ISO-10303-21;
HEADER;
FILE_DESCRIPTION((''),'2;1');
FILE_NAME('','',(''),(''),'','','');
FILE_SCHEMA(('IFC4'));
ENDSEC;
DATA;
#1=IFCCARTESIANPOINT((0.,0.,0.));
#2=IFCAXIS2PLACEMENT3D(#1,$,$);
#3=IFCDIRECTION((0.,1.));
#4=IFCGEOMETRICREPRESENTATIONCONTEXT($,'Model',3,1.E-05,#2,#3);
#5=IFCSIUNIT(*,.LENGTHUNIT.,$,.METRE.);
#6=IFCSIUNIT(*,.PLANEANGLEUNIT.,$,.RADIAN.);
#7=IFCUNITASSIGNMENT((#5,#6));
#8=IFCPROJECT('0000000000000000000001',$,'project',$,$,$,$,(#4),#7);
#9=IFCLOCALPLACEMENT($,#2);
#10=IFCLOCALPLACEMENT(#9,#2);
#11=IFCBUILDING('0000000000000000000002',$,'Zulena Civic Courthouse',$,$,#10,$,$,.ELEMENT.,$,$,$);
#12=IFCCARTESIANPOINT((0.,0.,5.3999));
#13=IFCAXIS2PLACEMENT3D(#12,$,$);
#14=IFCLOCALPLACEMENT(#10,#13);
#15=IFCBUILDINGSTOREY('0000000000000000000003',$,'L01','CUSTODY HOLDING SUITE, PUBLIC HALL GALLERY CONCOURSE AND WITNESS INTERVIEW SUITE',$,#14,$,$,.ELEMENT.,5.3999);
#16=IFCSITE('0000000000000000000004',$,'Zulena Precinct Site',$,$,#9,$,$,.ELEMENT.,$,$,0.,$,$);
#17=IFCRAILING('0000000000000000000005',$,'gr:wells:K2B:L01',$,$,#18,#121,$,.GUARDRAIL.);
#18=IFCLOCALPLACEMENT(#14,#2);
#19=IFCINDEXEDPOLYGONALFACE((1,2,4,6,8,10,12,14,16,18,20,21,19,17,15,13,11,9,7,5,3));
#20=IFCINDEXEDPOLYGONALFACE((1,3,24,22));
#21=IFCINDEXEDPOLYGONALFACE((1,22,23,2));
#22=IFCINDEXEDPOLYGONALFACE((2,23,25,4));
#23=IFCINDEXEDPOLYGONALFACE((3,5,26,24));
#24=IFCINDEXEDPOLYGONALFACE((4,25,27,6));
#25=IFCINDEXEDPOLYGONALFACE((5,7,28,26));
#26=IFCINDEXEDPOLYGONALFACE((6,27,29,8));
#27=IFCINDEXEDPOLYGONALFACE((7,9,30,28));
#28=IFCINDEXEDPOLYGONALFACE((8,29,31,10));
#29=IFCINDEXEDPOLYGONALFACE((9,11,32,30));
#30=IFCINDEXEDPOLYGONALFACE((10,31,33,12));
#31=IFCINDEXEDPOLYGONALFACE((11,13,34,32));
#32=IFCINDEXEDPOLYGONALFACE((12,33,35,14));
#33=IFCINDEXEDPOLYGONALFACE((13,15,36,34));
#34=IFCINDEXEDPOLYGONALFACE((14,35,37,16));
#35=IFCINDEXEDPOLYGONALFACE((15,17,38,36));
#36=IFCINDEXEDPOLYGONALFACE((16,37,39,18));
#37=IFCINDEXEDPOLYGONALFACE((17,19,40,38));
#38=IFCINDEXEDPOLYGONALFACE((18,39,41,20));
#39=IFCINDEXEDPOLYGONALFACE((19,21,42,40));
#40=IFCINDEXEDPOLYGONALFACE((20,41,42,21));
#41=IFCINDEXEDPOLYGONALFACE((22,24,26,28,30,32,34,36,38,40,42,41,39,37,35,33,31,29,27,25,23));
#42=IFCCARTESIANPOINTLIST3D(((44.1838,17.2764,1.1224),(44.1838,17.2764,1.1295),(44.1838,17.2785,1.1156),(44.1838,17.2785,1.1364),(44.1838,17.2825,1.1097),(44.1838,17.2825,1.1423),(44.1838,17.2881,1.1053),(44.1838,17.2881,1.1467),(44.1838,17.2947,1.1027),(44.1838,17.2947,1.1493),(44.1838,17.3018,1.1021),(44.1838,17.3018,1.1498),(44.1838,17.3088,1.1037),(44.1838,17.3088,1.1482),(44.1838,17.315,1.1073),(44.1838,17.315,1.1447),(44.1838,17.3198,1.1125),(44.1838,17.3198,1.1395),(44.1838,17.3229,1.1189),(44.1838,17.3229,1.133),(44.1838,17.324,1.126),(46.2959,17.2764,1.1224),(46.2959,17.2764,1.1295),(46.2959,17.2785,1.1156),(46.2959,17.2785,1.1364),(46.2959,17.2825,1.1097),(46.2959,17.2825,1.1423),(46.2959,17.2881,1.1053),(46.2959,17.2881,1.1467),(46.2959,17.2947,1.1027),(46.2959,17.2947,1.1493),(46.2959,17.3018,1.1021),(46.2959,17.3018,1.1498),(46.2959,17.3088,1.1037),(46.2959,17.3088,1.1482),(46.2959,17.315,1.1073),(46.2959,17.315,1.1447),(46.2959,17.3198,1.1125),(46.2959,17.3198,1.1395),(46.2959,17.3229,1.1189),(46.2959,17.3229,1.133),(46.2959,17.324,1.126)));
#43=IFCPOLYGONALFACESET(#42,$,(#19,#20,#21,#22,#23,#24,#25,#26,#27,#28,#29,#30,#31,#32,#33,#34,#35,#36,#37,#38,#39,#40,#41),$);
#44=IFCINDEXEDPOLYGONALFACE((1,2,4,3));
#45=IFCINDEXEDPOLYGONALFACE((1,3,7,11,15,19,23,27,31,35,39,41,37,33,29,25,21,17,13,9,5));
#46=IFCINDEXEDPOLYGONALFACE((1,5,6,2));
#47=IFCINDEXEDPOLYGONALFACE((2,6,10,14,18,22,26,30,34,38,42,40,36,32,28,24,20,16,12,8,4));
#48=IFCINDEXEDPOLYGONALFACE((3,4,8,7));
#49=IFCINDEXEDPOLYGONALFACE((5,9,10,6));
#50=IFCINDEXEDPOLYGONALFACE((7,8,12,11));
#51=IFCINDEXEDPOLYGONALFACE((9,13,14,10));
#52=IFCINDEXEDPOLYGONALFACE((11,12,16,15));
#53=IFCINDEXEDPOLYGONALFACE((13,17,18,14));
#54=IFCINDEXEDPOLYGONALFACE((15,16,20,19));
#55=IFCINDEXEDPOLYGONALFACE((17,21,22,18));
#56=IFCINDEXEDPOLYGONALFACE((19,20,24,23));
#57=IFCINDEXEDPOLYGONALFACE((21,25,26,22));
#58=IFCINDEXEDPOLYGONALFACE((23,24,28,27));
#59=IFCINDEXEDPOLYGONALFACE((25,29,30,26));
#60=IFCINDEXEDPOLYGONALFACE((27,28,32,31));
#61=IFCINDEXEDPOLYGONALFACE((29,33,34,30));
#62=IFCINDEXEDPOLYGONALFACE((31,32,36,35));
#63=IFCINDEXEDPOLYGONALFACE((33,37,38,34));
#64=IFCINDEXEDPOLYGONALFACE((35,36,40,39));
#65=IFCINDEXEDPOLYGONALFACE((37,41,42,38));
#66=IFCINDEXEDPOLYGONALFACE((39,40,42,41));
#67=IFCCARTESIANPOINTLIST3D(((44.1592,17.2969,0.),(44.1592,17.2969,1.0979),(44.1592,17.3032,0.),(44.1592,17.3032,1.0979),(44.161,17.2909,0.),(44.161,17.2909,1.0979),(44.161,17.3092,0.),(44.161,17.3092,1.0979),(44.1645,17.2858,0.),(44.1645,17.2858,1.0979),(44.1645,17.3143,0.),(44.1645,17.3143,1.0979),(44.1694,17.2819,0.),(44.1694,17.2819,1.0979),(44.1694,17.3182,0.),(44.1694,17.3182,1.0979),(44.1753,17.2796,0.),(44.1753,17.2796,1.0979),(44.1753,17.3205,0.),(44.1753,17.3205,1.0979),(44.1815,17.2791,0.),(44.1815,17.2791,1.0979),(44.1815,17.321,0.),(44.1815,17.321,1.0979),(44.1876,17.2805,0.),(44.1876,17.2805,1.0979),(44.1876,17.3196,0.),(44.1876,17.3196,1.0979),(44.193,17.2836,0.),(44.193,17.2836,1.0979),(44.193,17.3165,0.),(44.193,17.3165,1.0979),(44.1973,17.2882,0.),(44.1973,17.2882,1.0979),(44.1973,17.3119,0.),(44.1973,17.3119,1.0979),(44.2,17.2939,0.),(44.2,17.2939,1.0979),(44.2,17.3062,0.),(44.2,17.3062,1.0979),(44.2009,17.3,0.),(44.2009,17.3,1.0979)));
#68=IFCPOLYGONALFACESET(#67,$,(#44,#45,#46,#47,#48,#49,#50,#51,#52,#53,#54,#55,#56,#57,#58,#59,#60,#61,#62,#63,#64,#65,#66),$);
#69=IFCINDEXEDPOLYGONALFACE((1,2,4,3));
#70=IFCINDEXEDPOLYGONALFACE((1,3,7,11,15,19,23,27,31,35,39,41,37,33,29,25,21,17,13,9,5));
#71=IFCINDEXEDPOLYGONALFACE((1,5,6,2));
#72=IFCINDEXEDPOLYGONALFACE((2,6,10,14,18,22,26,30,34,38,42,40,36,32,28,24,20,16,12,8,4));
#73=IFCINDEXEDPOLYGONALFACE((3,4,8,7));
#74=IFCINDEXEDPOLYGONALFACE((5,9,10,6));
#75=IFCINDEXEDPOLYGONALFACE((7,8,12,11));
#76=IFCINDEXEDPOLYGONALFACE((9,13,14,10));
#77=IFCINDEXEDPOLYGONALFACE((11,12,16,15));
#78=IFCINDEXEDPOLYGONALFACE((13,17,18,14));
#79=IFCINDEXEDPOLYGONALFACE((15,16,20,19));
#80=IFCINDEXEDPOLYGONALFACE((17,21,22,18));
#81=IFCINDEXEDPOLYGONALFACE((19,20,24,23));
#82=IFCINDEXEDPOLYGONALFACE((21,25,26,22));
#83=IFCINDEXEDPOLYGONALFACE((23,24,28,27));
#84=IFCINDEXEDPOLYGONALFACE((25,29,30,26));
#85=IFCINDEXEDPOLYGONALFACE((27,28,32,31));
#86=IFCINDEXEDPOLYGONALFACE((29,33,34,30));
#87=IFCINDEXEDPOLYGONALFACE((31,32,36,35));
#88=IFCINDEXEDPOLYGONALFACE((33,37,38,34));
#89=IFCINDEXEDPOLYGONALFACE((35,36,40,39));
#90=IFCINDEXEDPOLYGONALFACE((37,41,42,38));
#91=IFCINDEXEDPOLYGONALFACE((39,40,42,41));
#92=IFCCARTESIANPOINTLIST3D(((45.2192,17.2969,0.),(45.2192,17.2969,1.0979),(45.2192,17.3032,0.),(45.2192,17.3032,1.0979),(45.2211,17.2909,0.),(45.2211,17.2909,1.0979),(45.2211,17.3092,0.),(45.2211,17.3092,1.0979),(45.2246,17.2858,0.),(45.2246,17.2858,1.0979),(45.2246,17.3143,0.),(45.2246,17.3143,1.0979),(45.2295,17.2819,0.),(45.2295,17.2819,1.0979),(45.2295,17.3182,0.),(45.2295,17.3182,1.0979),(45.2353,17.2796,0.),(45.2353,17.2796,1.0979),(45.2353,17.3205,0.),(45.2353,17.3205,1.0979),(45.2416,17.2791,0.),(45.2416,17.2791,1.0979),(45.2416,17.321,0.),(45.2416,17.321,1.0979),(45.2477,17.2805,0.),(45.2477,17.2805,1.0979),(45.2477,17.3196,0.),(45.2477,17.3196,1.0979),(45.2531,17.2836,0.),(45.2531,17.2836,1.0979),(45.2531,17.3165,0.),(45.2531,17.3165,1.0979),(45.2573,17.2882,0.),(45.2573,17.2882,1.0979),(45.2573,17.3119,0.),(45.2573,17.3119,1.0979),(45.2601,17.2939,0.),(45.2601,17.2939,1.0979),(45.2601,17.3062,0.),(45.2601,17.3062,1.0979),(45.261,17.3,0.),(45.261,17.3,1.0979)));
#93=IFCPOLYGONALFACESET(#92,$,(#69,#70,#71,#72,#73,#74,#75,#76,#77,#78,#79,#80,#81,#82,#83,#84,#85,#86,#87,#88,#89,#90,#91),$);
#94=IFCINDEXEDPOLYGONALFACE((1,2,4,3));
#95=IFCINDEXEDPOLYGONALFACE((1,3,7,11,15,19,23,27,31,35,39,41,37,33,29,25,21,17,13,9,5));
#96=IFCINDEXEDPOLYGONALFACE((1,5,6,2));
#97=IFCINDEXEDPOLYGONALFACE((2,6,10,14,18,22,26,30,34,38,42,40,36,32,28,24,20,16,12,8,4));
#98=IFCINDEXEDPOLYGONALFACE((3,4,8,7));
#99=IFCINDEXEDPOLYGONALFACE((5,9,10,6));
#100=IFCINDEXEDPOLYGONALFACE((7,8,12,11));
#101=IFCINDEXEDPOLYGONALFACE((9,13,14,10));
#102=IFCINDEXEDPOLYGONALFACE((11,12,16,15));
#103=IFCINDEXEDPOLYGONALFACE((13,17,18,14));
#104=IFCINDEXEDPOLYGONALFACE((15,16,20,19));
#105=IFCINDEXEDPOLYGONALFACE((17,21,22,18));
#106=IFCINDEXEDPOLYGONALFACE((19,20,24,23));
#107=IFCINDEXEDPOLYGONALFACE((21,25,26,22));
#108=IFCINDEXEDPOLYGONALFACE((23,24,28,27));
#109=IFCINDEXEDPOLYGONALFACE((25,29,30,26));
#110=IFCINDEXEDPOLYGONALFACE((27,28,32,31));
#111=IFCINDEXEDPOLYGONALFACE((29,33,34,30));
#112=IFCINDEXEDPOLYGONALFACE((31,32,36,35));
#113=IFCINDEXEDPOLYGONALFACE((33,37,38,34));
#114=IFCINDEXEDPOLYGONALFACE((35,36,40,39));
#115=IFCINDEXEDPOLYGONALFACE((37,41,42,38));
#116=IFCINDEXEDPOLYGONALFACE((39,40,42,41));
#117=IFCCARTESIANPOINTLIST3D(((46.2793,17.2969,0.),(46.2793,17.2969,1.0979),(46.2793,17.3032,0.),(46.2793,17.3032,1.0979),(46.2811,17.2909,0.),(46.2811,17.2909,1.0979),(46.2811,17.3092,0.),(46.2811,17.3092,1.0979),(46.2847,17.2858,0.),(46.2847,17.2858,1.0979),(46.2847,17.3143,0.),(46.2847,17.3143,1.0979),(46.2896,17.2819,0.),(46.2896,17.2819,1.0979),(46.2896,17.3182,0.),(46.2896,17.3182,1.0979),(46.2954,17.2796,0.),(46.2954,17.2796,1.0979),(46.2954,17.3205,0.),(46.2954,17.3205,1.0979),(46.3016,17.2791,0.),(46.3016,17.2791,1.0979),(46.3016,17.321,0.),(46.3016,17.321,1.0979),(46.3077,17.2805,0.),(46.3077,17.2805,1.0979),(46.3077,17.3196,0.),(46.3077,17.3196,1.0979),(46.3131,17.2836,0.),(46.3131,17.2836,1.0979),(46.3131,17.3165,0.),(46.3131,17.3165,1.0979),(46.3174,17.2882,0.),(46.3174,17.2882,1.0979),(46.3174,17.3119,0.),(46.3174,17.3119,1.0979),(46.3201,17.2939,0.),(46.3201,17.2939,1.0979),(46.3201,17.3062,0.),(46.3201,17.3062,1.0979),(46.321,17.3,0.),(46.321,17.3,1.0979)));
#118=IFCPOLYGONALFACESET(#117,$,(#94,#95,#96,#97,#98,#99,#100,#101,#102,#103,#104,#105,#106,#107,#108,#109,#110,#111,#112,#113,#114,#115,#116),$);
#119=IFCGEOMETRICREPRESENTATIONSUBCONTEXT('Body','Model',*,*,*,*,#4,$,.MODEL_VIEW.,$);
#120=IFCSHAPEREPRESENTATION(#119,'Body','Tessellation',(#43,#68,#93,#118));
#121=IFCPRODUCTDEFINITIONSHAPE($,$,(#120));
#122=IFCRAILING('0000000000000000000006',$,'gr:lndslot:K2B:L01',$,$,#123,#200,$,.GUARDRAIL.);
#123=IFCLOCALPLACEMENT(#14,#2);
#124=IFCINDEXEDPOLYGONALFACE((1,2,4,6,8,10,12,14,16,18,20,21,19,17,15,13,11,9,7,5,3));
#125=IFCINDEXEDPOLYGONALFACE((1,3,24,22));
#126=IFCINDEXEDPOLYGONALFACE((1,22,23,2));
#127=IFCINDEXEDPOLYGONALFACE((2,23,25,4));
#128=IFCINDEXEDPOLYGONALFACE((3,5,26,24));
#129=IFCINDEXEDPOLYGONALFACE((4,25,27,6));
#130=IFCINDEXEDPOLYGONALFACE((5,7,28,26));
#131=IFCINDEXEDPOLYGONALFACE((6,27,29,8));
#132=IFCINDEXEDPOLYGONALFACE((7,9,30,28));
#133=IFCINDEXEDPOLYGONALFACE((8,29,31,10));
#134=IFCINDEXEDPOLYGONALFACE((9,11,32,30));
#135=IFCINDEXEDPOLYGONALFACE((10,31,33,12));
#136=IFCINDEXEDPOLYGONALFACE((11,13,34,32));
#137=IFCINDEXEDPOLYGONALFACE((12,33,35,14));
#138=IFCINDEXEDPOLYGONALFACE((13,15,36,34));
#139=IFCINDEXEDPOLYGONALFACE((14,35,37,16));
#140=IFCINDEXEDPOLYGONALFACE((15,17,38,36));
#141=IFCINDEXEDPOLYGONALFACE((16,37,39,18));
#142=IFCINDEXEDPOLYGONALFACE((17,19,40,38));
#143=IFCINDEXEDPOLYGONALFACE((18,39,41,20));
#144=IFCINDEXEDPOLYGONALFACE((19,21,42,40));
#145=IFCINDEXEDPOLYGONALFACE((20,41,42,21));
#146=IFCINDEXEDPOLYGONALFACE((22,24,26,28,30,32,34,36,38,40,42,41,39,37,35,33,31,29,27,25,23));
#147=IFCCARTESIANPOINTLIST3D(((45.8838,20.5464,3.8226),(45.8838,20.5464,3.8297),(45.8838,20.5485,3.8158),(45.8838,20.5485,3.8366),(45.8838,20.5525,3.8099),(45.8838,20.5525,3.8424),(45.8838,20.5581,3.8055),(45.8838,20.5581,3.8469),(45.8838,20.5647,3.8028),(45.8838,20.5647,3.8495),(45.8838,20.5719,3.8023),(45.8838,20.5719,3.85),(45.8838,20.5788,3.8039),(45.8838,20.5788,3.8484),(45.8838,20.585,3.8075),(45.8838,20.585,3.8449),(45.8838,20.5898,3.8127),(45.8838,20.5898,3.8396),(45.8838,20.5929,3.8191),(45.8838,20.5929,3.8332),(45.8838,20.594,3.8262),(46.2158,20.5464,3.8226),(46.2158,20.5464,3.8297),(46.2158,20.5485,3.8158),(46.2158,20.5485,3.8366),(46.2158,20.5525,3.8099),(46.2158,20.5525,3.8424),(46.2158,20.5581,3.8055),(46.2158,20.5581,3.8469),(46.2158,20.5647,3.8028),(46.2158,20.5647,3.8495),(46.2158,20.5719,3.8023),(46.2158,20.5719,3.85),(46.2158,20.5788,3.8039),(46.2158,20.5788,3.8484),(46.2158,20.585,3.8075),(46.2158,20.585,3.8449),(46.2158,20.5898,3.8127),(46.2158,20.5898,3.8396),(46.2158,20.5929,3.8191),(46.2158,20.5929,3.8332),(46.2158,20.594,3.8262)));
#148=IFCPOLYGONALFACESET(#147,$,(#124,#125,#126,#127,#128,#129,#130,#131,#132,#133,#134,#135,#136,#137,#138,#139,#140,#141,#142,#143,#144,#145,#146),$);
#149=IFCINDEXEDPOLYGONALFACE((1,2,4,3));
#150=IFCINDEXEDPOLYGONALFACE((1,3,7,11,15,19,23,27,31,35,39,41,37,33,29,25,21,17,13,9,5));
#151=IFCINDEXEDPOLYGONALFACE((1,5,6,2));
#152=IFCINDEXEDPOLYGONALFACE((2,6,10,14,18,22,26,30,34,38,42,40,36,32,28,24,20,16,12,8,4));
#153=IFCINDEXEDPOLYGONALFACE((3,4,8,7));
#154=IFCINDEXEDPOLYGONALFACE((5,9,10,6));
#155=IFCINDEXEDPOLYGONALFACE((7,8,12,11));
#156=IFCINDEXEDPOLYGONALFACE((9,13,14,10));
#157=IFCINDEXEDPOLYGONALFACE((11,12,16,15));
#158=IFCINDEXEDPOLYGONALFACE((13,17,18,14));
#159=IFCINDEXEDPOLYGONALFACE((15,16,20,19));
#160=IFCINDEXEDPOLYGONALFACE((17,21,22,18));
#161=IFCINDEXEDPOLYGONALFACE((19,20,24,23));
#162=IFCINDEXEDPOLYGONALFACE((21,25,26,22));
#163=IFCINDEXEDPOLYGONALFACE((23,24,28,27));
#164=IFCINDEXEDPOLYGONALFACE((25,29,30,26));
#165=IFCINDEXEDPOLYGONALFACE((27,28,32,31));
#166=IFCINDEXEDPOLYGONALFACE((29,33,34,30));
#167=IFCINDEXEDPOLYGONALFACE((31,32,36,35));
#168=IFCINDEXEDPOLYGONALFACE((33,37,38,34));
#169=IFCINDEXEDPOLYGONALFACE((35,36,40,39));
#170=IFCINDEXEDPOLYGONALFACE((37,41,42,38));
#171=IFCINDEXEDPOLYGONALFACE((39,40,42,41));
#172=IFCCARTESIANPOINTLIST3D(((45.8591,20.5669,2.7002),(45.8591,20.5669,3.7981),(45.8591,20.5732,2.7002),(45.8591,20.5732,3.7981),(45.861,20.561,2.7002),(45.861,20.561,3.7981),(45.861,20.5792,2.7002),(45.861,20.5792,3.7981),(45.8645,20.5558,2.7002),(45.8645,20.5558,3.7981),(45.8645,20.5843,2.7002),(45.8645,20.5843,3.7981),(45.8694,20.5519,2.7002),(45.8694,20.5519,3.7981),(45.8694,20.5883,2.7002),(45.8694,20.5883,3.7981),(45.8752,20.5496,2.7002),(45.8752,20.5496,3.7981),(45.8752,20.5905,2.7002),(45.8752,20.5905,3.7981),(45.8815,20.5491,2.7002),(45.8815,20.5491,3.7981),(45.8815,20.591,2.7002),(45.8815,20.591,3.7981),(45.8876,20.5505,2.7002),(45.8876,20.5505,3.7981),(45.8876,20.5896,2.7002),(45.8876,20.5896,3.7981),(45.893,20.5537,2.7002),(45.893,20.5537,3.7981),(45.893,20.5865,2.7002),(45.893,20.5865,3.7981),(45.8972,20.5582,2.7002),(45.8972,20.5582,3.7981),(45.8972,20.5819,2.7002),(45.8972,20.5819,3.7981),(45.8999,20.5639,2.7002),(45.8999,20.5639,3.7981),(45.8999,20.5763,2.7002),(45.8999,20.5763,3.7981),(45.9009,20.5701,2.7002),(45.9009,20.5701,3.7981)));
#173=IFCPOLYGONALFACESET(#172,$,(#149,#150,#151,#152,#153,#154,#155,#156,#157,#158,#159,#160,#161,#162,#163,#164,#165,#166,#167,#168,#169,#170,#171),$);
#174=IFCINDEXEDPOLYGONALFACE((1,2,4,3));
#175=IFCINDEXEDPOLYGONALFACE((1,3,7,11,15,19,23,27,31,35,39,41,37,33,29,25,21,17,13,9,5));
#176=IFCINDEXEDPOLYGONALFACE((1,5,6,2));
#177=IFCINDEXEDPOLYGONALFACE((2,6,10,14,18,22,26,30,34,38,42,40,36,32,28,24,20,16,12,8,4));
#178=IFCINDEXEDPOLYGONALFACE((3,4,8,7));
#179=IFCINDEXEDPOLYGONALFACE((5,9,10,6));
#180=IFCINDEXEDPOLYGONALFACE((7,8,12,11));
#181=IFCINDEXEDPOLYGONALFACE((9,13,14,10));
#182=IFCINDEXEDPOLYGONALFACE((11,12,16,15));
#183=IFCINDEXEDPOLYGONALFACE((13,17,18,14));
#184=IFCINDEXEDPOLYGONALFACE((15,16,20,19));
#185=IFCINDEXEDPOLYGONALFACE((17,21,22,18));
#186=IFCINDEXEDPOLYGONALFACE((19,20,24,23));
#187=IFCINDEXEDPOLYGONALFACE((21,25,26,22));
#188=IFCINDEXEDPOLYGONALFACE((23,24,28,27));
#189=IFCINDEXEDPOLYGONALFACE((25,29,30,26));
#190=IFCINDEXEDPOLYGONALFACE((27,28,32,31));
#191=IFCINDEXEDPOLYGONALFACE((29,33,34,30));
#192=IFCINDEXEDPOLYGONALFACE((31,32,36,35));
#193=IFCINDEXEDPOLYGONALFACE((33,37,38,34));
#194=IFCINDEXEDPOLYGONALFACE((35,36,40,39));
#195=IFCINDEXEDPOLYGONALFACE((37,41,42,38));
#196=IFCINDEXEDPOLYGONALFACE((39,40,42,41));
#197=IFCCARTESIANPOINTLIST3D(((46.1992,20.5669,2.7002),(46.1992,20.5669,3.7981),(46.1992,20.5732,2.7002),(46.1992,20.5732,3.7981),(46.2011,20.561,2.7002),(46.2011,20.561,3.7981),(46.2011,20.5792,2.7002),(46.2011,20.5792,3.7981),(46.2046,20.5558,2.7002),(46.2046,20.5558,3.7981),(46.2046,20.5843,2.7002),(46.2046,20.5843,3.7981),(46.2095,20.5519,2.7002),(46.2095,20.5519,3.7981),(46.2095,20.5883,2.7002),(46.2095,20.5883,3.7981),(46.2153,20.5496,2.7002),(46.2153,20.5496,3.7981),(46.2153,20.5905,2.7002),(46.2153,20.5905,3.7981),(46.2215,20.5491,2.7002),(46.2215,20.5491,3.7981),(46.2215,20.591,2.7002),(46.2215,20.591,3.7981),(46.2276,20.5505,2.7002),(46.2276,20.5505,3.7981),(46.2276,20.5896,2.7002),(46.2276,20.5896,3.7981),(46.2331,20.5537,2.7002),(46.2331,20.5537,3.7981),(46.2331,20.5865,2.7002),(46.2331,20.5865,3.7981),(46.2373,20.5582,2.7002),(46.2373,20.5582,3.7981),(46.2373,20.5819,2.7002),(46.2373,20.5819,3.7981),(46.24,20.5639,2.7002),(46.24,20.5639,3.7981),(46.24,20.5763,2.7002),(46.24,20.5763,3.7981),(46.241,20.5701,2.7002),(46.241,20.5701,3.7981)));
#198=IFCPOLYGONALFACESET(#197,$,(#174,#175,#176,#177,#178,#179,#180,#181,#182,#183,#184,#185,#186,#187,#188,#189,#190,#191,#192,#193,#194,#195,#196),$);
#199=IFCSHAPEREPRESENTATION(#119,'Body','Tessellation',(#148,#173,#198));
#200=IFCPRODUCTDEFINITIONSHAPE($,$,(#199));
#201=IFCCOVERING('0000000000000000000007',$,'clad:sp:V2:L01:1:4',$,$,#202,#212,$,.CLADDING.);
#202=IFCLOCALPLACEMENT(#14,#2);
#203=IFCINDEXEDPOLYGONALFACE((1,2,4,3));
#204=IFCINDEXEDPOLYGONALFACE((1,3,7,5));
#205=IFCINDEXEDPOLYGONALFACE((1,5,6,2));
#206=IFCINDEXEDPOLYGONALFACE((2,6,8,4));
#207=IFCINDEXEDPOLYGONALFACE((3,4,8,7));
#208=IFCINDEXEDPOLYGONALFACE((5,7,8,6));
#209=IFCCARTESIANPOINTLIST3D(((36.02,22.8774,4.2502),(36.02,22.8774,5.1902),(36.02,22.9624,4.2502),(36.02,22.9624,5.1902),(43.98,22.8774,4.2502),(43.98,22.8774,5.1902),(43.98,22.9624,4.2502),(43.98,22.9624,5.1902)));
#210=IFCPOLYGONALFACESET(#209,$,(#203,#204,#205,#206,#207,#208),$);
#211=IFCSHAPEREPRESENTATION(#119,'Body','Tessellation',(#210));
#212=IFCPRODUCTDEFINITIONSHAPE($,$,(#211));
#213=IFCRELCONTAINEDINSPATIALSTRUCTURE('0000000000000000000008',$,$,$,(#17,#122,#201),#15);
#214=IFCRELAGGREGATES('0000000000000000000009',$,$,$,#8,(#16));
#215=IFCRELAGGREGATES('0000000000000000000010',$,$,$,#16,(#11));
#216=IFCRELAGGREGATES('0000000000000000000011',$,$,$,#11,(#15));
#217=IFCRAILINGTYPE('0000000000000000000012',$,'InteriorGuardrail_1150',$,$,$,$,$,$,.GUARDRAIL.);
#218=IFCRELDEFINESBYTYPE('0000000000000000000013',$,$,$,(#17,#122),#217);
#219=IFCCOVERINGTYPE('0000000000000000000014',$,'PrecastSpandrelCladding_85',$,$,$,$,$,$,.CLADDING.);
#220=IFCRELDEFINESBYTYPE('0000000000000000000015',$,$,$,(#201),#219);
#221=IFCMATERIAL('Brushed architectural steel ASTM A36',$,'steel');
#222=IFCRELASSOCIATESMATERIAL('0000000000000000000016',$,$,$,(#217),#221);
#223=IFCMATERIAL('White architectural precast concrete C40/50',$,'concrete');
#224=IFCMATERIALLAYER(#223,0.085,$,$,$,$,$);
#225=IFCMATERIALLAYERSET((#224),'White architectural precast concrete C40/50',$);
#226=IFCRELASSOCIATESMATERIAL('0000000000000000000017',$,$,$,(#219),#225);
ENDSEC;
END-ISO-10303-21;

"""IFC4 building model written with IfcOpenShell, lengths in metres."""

from ifc_helpers import new_model, si_unit, direction, frame, origin, origin_2d, place, context, subcontext, project, spatial, rectangle, circle, extrude, material, layer, layer_set, type_object, element, save


model = new_model("IFC4")

# Units and contexts
model_context = context("Model", 3, precision=1e-05, world=origin(), true_north=direction((0.0, 1.0)))
body_context = subcontext(model_context, "Body", "Model", "MODEL_VIEW")
ifc_project = project(units=[si_unit("LENGTHUNIT", "METRE"), si_unit("PLANEANGLEUNIT", "RADIAN")], contexts=[model_context])

# Site, building, storey
site_placement = place(None, origin())
site = spatial("IfcSite", under=ifc_project, at=site_placement, Name="Zulena Precinct Site", CompositionType="ELEMENT", RefElevation=0.0)
building_placement = place(site_placement, origin())
building = spatial("IfcBuilding", under=site, at=building_placement, Name="Zulena Civic Courthouse", CompositionType="ELEMENT")
storey_placement = place(building_placement, frame((0.0, 0.0, 5.3999)))
storey = spatial("IfcBuildingStorey", under=building, at=storey_placement, Name="L01", Description="CUSTODY HOLDING SUITE, PUBLIC HALL GALLERY CONCOURSE AND WITNESS INTERVIEW SUITE", CompositionType="ELEMENT", Elevation=5.3999)

# Shared definitions
ifc_material_1 = material(Name="White architectural precast concrete C40/50", Category="concrete")

# Railings
ifc_material_2 = material(Name="Brushed architectural steel ASTM A36", Category="steel")
railing_type_1 = type_object("IfcRailingType", Name="InteriorGuardrail_1150", PredefinedType="GUARDRAIL", material=ifc_material_2)
railing_1_placement = place(storey_placement, frame((44.1799, 17.3, 0.0)))
element("IfcRailing", 1, at=railing_1_placement, inside=storey, type_object=railing_type_1, Name="gr:wells:K2B:L01", PredefinedType="GUARDRAIL", context=body_context, shape_type="SweptSolid", body=[
    extrude(circle(Radius=0.0239, at=origin_2d()), frame((0.0039, 0.0, 1.126), z_axis=(1.0, 0.0, 0.0), x_axis=(0.0, 1.0, 0.0)), (0.0, 0.0, 1.0), 2.1121),
    extrude(circle(Radius=0.021, at=origin_2d()), origin(), (0.0, 0.0, 1.0), 1.0979),
    extrude(circle(Radius=0.021, at=origin_2d()), frame((1.0601, 0.0, 0.0)), (0.0, 0.0, 1.0), 1.0979),
    extrude(circle(Radius=0.021, at=origin_2d()), frame((2.1201, 0.0, 0.0)), (0.0, 0.0, 1.0), 1.0979),
])
railing_2_placement = place(storey_placement, frame((45.8799, 20.5701, 2.7002)))
element("IfcRailing", 2, at=railing_2_placement, inside=storey, type_object=railing_type_1, Name="gr:lndslot:K2B:L01", PredefinedType="GUARDRAIL", context=body_context, shape_type="SweptSolid", body=[
    extrude(circle(Radius=0.0239, at=origin_2d()), frame((0.0039, 0.0, 1.126), z_axis=(1.0, 0.0, 0.0), x_axis=(0.0, 1.0, 0.0)), (0.0, 0.0, 1.0), 0.332),
    extrude(circle(Radius=0.021, at=origin_2d()), origin(), (0.0, 0.0, 1.0), 1.0979),
    extrude(circle(Radius=0.021, at=origin_2d()), frame((0.3401, 0.0, 0.0)), (0.0, 0.0, 1.0), 1.0979),
])

# Covering
ifc_layer_1 = layer(ifc_material_1, 0.085)
ifc_layer_set_1 = layer_set([ifc_layer_1], Name="White architectural precast concrete C40/50")
covering_type = type_object("IfcCoveringType", Name="PrecastSpandrelCladding_85", PredefinedType="CLADDING", material=ifc_layer_set_1)
covering_placement = place(storey_placement, frame((40.0, 22.9199, 4.2502), z_axis=(0.0, 0.0, 1.0), x_axis=(1.0, 0.0, 0.0)))
element("IfcCovering", 3, at=covering_placement, inside=storey, type_object=covering_type, Name="clad:sp:V2:L01:1:4", PredefinedType="CLADDING", context=body_context, shape_type="SweptSolid", body=[
    extrude(rectangle(XDim=7.96, YDim=0.085, at=origin_2d()), origin(), (0.0, 0.0, 1.0), 0.9399),
])

save(model, "model.ifc")
